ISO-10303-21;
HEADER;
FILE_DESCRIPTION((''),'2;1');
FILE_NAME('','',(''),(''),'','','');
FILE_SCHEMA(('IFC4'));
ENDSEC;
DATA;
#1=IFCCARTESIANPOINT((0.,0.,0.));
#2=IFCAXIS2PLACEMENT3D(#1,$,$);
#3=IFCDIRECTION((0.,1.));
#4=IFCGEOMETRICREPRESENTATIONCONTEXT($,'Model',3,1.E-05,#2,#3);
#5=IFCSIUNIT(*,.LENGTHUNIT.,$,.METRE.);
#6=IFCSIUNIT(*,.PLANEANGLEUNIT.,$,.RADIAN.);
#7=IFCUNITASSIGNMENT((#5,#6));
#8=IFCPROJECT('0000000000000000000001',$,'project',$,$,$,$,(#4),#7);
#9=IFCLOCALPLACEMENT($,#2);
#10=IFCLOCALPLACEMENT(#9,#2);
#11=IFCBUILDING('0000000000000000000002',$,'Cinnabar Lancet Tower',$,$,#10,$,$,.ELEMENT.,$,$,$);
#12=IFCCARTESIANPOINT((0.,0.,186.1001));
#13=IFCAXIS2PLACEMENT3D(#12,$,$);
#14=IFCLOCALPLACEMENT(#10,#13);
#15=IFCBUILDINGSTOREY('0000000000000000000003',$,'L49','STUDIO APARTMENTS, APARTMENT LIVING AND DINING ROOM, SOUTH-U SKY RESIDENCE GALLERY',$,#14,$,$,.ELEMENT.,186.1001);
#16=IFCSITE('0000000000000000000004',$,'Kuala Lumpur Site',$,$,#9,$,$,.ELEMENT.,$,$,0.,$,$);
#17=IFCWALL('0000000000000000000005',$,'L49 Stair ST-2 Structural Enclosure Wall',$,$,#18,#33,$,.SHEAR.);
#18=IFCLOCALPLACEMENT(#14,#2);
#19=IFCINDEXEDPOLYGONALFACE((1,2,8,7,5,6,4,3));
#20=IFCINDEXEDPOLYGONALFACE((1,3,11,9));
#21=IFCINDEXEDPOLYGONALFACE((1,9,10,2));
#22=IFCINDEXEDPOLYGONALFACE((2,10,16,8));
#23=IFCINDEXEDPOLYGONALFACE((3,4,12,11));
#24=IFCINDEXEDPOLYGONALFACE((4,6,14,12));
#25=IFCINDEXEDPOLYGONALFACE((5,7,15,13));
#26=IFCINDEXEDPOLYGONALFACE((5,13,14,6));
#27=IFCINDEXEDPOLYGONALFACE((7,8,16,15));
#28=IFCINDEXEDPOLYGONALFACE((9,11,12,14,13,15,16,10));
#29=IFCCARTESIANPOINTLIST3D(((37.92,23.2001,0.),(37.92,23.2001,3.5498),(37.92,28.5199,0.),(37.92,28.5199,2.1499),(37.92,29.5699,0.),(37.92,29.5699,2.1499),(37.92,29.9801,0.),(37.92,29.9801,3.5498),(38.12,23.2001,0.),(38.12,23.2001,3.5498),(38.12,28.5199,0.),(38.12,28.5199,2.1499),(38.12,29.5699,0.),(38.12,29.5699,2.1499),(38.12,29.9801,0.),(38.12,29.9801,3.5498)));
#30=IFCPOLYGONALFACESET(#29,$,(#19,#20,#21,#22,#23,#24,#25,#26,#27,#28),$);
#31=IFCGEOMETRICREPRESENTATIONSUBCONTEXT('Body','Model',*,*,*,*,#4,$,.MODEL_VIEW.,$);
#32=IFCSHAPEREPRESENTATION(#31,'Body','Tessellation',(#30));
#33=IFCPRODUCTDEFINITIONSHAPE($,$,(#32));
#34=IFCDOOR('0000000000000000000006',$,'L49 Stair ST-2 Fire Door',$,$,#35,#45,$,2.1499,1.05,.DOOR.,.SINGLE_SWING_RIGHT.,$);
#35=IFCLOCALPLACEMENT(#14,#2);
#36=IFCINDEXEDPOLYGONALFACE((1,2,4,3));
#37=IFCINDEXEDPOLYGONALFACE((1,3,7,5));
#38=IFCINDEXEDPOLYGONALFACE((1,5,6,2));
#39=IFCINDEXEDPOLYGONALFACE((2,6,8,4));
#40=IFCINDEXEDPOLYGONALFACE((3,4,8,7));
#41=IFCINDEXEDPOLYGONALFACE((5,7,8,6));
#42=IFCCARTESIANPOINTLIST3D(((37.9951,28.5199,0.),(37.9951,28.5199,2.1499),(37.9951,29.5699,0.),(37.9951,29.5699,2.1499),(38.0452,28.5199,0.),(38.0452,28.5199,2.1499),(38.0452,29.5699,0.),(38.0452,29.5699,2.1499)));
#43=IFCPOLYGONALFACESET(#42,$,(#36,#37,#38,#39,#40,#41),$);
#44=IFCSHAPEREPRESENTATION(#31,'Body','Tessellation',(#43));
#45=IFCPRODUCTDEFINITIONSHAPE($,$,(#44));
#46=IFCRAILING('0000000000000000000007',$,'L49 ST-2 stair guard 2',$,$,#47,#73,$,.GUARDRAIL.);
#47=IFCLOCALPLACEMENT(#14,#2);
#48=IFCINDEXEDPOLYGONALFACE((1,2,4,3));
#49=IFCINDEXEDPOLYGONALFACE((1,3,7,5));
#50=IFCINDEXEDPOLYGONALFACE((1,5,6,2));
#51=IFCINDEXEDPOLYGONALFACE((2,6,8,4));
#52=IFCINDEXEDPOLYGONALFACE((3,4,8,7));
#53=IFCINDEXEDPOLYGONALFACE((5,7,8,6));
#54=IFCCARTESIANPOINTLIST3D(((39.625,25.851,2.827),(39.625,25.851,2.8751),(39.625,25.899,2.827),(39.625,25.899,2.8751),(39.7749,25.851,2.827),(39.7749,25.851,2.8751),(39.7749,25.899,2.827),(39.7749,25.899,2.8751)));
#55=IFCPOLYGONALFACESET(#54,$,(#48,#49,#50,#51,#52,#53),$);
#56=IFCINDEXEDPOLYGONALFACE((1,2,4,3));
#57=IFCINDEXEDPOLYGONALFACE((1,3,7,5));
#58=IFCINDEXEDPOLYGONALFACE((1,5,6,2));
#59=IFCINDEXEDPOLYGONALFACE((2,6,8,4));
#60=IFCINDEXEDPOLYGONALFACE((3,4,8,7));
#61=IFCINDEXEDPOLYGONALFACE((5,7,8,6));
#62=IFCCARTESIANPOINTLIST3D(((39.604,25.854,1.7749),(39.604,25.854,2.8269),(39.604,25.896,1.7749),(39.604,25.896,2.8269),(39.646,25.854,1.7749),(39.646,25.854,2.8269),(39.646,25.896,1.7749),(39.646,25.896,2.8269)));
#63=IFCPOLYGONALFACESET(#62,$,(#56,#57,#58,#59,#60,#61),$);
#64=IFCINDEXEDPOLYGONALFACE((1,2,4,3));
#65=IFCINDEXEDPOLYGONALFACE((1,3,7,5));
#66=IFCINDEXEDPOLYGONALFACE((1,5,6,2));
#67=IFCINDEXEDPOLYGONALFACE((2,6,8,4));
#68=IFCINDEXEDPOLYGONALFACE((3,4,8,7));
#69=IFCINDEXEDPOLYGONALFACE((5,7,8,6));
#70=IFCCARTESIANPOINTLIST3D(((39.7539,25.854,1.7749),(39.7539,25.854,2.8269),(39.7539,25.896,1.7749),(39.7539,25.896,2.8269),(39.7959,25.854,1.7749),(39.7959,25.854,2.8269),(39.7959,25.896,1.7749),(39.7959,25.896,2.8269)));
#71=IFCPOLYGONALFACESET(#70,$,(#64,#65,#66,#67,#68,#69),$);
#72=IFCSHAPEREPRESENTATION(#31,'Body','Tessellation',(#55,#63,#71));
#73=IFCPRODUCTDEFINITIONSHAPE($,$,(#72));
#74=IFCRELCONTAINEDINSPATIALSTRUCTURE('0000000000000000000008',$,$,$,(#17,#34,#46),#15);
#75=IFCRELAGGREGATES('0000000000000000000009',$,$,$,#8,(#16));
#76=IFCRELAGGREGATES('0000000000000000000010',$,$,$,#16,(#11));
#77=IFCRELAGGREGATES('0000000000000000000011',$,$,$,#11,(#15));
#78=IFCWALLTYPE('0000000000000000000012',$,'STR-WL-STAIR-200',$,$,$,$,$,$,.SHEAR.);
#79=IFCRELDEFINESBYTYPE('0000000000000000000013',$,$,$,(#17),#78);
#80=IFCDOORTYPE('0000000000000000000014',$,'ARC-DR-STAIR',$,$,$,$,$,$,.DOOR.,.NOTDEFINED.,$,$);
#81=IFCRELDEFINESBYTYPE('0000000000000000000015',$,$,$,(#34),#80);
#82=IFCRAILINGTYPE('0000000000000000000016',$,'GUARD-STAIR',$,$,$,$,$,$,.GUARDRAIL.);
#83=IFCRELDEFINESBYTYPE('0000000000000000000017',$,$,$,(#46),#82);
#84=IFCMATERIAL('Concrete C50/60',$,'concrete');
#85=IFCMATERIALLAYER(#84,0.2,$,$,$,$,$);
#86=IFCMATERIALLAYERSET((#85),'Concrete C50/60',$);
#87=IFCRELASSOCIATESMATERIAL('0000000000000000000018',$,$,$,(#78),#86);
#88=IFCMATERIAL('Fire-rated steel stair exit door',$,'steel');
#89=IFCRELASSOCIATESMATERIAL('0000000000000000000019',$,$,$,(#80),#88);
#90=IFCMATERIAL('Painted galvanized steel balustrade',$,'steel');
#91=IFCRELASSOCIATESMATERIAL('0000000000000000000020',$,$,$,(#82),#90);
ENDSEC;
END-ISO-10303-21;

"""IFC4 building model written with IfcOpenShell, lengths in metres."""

from ifc_helpers import new_model, si_unit, direction, frame, frame_2d, origin, origin_2d, place, context, subcontext, project, spatial, rectangle, extrude, material, layer, layer_set, type_object, element, fill, save


model = new_model("IFC4")

# Units and contexts
model_context = context("Model", 3, precision=1e-05, world=origin(), true_north=direction((0.0, 1.0)))
body_context = subcontext(model_context, "Body", "Model", "MODEL_VIEW")
ifc_project = project(units=[si_unit("LENGTHUNIT", "METRE"), si_unit("PLANEANGLEUNIT", "RADIAN")], contexts=[model_context])

# Site, building, storey
site_placement = place(None, origin())
site = spatial("IfcSite", under=ifc_project, at=site_placement, Name="Kuala Lumpur Site", CompositionType="ELEMENT", RefElevation=0.0)
building_placement = place(site_placement, origin())
building = spatial("IfcBuilding", under=site, at=building_placement, Name="Cinnabar Lancet Tower", CompositionType="ELEMENT")
storey_placement = place(building_placement, frame((0.0, 0.0, 186.1001)))
storey = spatial("IfcBuildingStorey", under=building, at=storey_placement, Name="L49", Description="STUDIO APARTMENTS, APARTMENT LIVING AND DINING ROOM, SOUTH-U SKY RESIDENCE GALLERY", CompositionType="ELEMENT", Elevation=186.1001)

# Wall, opening, door
ifc_material_1 = material(Name="Concrete C50/60", Category="concrete")
ifc_layer_1 = layer(ifc_material_1, 0.2)
ifc_layer_set_1 = layer_set([ifc_layer_1], Name="Concrete C50/60")
wall_type_1 = type_object("IfcWallType", Name="STR-WL-STAIR-200", PredefinedType="SHEAR", material=ifc_layer_set_1)
wall_1_placement = place(storey_placement, frame((38.02, 23.2, 0.0), z_axis=(0.0, 0.0, 1.0), x_axis=(0.0, 1.0, 0.0)))
wall_1 = element("IfcWall", 1, at=wall_1_placement, inside=storey, type_object=wall_type_1, Name="L49 Stair ST-2 Structural Enclosure Wall", PredefinedType="SHEAR", context=body_context, shape_type="SweptSolid", body=[
    extrude(rectangle(XDim=6.78, YDim=0.2, at=frame_2d((3.3901, 0.0))), origin(), (0.0, 0.0, 1.0), 3.5498),
])
opening_1_placement = place(wall_1_placement, frame((5.3201, 0.0, 0.0)))
opening_1 = element("IfcOpeningElement", 2, at=opening_1_placement, cuts=wall_1, PredefinedType="OPENING", context=body_context, shape_type="SweptSolid", body=[
    extrude(rectangle(XDim=1.05, YDim=2.1499, at=frame_2d((0.5249, 1.075))), frame((0.0, 0.1099, 0.0), z_axis=(0.0, -1.0, 0.0), x_axis=(1.0, 0.0, 0.0)), (0.0, 0.0, 1.0), 0.22),
])
ifc_material_2 = material(Name="Fire-rated steel stair exit door", Category="steel")
door_type_1 = type_object("IfcDoorType", Name="ARC-DR-STAIR", OperationType="NOTDEFINED", PredefinedType="DOOR", material=ifc_material_2)
door_1_placement = place(opening_1_placement, origin())
door_1 = element("IfcDoor", 3, at=door_1_placement, inside=storey, type_object=door_type_1, Name="L49 Stair ST-2 Fire Door", OperationType="SINGLE_SWING_RIGHT", OverallHeight=2.1499, OverallWidth=1.05, PredefinedType="DOOR", context=body_context, shape_type="SweptSolid", body=[
    extrude(rectangle(XDim=1.05, YDim=2.1499, at=frame_2d((0.5249, 1.075))), frame((0.0, 0.0249, 0.0), z_axis=(0.0, -1.0, 0.0), x_axis=(1.0, 0.0, 0.0)), (0.0, 0.0, 1.0), 0.05),
])
fill(opening_1, door_1)

# Railing
ifc_material_3 = material(Name="Painted galvanized steel balustrade", Category="steel")
railing_type = type_object("IfcRailingType", Name="GUARD-STAIR", PredefinedType="GUARDRAIL", material=ifc_material_3)
railing_placement = place(storey_placement, frame((39.625, 25.875, 1.7749)))
element("IfcRailing", 4, at=railing_placement, inside=storey, type_object=railing_type, Name="L49 ST-2 stair guard 2", PredefinedType="GUARDRAIL", context=body_context, shape_type="SweptSolid", body=[
    extrude(rectangle(XDim=0.0481, YDim=0.0481, at=origin_2d()), frame((0.0, 0.0, 1.0762), z_axis=(1.0, 0.0, 0.0), x_axis=(0.0, 1.0, 0.0)), (0.0, 0.0, 1.0), 0.1499),
    extrude(rectangle(XDim=0.042, YDim=0.042, at=origin_2d()), origin(), (0.0, 0.0, 1.0), 1.052),
    extrude(rectangle(XDim=0.042, YDim=0.042, at=origin_2d()), frame((0.1499, 0.0, 0.0)), (0.0, 0.0, 1.0), 1.052),
])

save(model, "model.ifc")
